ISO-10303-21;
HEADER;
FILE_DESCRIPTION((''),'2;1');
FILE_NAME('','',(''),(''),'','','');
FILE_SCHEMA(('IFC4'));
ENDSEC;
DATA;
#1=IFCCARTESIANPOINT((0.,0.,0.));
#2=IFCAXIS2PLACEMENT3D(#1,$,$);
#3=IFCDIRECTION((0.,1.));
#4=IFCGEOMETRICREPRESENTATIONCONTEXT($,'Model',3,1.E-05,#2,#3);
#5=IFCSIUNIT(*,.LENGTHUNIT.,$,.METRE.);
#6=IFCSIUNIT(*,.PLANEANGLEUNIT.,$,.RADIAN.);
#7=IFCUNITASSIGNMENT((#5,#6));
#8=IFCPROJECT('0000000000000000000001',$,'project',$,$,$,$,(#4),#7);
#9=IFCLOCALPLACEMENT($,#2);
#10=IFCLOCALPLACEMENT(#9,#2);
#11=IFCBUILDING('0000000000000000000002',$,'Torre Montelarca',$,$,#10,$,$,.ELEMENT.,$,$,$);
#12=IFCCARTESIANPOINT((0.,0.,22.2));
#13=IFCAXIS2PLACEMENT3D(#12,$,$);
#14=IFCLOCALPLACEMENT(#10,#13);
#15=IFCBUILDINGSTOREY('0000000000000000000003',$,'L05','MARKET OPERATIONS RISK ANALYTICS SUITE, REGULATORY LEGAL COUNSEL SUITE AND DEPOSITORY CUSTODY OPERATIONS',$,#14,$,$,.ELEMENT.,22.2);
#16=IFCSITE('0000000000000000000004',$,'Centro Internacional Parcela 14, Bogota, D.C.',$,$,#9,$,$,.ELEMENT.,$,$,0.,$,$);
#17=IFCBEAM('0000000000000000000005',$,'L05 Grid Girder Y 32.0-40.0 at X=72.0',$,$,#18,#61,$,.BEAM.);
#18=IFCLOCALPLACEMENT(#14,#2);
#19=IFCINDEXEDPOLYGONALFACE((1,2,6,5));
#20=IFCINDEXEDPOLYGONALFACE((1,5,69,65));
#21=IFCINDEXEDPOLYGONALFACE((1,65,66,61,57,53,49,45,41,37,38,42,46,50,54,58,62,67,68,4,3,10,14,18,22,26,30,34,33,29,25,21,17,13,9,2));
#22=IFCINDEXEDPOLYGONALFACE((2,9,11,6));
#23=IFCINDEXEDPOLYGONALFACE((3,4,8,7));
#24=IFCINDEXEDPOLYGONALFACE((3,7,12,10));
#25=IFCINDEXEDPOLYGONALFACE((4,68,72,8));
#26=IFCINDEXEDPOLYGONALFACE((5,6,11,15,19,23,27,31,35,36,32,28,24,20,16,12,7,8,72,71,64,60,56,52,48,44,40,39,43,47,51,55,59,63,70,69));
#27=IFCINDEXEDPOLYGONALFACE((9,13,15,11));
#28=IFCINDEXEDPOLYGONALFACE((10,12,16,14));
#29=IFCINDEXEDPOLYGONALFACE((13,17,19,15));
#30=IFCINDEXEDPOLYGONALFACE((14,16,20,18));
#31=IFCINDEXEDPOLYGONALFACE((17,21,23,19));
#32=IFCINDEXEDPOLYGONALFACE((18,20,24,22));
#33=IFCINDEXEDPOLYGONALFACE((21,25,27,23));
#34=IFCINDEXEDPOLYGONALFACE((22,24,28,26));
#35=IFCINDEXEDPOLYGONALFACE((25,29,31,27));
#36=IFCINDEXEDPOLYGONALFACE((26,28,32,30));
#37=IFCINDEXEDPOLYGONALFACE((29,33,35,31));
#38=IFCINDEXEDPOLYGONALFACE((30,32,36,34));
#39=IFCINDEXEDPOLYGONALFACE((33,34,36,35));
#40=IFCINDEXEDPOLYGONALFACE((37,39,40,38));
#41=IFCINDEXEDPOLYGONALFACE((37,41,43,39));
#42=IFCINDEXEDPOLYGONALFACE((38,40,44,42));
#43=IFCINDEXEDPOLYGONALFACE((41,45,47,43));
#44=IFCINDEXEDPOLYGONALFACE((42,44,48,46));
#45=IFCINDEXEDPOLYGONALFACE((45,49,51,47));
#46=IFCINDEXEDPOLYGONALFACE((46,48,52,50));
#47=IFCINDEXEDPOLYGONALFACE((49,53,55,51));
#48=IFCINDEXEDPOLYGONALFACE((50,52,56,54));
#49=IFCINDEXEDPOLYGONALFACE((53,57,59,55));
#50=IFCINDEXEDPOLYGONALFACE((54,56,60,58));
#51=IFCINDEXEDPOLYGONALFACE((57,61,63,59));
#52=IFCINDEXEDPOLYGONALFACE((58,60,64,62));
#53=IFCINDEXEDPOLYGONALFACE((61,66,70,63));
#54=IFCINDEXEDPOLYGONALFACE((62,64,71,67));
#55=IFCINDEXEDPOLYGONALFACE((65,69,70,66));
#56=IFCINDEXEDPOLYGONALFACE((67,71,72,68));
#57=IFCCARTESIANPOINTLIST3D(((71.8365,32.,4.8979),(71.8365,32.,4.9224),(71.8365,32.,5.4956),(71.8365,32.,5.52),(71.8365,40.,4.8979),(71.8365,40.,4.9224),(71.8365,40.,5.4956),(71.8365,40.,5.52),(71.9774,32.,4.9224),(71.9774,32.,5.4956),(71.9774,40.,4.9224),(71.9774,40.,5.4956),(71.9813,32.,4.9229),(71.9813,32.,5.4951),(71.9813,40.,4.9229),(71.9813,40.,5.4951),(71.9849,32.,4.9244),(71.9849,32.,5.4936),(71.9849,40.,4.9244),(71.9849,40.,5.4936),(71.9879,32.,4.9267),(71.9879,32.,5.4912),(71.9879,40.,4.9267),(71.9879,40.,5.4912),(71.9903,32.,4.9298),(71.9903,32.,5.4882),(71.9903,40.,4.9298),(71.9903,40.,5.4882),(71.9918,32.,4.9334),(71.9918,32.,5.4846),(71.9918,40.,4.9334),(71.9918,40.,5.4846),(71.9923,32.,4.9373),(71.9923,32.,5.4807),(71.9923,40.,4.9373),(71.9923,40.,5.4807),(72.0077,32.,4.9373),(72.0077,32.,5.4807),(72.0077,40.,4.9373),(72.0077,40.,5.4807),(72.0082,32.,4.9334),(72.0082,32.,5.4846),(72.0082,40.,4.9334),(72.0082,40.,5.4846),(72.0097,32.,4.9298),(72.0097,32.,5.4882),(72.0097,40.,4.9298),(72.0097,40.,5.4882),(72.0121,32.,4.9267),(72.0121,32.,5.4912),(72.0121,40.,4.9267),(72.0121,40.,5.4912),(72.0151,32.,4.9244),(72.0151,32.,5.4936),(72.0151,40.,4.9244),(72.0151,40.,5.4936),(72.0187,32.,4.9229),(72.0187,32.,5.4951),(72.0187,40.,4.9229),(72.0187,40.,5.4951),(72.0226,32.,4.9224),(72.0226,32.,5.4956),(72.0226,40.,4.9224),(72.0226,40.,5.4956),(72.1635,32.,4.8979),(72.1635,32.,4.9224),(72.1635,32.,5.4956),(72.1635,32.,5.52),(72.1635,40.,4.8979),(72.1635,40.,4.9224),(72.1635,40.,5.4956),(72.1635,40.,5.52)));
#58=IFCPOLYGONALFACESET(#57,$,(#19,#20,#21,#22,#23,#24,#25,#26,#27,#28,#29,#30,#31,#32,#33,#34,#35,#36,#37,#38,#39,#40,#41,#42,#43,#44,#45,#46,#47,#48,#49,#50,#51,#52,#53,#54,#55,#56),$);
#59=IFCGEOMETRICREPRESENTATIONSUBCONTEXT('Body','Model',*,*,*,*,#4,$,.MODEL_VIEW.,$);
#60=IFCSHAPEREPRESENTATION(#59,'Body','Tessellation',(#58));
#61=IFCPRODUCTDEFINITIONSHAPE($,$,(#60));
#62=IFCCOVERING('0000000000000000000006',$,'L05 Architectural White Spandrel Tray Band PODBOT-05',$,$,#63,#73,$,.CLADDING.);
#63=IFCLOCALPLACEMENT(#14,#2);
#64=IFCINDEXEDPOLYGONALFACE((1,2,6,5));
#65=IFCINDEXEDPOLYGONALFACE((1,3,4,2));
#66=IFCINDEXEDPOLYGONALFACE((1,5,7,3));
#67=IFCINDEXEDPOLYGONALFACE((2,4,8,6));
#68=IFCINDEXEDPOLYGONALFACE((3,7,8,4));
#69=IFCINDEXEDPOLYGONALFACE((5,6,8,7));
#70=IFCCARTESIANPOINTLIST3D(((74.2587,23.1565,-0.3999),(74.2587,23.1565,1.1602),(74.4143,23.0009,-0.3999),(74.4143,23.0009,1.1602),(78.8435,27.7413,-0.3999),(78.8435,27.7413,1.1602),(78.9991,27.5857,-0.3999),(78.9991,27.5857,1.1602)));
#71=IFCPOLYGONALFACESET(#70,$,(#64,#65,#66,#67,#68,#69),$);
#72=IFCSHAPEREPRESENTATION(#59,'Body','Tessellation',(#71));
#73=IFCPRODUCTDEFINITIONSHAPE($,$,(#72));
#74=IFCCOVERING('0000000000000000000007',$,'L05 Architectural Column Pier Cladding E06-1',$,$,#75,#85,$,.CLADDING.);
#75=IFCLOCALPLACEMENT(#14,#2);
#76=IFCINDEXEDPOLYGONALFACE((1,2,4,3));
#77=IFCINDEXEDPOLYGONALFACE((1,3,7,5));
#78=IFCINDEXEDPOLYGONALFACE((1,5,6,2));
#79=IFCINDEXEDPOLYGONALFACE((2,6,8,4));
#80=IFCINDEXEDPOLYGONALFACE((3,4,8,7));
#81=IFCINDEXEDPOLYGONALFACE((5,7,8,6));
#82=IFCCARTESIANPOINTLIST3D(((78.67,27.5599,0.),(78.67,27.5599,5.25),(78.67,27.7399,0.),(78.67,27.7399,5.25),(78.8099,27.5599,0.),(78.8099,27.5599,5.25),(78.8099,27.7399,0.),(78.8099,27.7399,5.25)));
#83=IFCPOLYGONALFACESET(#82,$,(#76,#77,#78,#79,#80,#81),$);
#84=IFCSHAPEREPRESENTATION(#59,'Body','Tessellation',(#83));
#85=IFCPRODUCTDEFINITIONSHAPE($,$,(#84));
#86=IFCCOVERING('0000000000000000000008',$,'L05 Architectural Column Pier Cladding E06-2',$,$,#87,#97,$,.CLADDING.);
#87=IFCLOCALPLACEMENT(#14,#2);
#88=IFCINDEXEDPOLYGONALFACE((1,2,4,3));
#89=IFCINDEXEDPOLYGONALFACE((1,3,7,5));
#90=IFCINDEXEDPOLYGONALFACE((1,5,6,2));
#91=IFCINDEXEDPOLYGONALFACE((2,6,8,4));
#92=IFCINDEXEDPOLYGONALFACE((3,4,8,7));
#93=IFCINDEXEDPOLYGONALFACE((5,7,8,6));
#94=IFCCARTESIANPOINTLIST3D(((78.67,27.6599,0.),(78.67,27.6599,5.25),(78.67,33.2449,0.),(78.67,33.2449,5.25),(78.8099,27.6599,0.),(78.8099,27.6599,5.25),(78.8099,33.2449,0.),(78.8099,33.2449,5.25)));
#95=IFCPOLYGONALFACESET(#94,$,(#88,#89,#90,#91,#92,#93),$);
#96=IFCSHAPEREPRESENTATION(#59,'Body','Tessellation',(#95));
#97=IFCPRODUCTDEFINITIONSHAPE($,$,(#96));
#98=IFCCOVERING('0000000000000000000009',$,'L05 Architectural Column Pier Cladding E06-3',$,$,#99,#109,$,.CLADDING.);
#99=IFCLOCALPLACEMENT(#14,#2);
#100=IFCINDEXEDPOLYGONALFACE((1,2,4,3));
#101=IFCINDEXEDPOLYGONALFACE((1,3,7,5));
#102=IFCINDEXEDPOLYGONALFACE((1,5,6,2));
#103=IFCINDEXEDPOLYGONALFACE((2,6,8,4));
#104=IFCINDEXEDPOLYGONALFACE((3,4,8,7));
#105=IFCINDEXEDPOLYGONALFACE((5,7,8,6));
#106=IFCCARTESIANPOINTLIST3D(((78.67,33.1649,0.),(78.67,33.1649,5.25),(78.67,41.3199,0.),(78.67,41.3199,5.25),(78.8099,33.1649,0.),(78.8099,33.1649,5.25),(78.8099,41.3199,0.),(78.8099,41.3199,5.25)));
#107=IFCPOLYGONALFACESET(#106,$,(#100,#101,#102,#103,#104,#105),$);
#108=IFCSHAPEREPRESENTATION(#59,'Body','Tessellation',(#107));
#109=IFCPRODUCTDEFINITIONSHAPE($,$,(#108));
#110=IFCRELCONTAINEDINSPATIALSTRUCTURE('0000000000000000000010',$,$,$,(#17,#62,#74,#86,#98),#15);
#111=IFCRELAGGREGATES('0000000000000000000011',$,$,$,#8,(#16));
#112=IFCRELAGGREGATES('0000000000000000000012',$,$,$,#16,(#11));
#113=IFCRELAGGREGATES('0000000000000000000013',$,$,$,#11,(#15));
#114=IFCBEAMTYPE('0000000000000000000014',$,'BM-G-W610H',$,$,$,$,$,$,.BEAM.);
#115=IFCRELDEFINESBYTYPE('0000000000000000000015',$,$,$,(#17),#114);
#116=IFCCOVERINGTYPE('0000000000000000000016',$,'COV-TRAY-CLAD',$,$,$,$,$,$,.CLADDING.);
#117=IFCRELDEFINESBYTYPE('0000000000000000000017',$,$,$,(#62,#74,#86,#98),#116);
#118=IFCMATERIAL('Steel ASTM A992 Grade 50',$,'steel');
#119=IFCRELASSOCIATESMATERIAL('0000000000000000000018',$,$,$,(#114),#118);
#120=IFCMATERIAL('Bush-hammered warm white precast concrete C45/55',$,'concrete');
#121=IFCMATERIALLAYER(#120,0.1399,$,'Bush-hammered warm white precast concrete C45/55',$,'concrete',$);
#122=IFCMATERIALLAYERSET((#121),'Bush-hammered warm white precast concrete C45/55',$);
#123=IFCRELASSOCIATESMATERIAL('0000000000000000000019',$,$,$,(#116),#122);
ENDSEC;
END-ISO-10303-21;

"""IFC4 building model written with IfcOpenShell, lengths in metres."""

from ifc_helpers import new_model, si_unit, direction, frame, origin, origin_2d, place, context, subcontext, project, spatial, rectangle, i_section, extrude, source, transform, mapped, material, layer, layer_set, material_profile, profile_set, type_object, element, save


model = new_model("IFC4")

# Units and contexts
model_context = context("Model", 3, precision=1e-05, world=origin(), true_north=direction((0.0, 1.0)))
body_context = subcontext(model_context, "Body", "Model", "MODEL_VIEW")
ifc_project = project(units=[si_unit("LENGTHUNIT", "METRE"), si_unit("PLANEANGLEUNIT", "RADIAN")], contexts=[model_context])

# Site, building, storey
site_placement = place(None, origin())
site = spatial("IfcSite", under=ifc_project, at=site_placement, Name="Centro Internacional Parcela 14, Bogota, D.C.", CompositionType="ELEMENT", RefElevation=0.0)
building_placement = place(site_placement, origin())
building = spatial("IfcBuilding", under=site, at=building_placement, Name="Torre Montelarca", CompositionType="ELEMENT")
storey_placement = place(building_placement, frame((0.0, 0.0, 22.2)))
storey = spatial("IfcBuildingStorey", under=building, at=storey_placement, Name="L05", Description="MARKET OPERATIONS RISK ANALYTICS SUITE, REGULATORY LEGAL COUNSEL SUITE AND DEPOSITORY CUSTODY OPERATIONS", CompositionType="ELEMENT", Elevation=22.2)

# Shared definitions
ifc_material_1 = material(Name="Steel ASTM A992 Grade 50", Category="steel")

# Beam
ifc_material_profile_1 = material_profile(ifc_material_1, i_section(OverallWidth=0.3269, OverallDepth=0.6221, WebThickness=0.0154, FlangeThickness=0.0244, FilletRadius=0.0149, at=origin_2d()), Name="W610X195", Category="steel")
ifc_profile_set_1 = profile_set([ifc_material_profile_1], Name="Steel ASTM A992 Grade 50")
beam_type_1 = type_object("IfcBeamType", Name="BM-G-W610H", PredefinedType="BEAM", material=ifc_profile_set_1)
shared_shape_1 = source(origin(), body_context, "Body", "SweptSolid", [
    extrude(i_section(OverallWidth=0.3269, OverallDepth=0.6221, WebThickness=0.0154, FlangeThickness=0.0244, FilletRadius=0.0149, at=origin_2d()), origin(), (0.0, 0.0, 1.0), 8.0),
])
for number, where, z_axis, x_axis, name in (
    (1, (72.0, 32.0, 5.209), (0.0, 1.0, 0.0), (-1.0, 0.0, 0.0), "L05 Grid Girder Y 32.0-40.0 at X=72.0"),
):
    element("IfcBeam", number, at=place(storey_placement, frame(where, z_axis=z_axis, x_axis=x_axis)), inside=storey, type_object=beam_type_1, Name=name, PredefinedType="BEAM", context=body_context, shape_type="MappedRepresentation", body=[
        mapped(shared_shape_1, transform((0.0, 0.0, 0.0), scale=1.0)),
    ])

# Coverings
ifc_material_2 = material(Name="Bush-hammered warm white precast concrete C45/55", Category="concrete")
ifc_layer = layer(ifc_material_2, 0.1399, Name="Bush-hammered warm white precast concrete C45/55", Category="concrete")
ifc_layer_set = layer_set([ifc_layer], Name="Bush-hammered warm white precast concrete C45/55")
covering_type = type_object("IfcCoveringType", Name="COV-TRAY-CLAD", PredefinedType="CLADDING", material=ifc_layer_set)
shared_shape_2 = source(origin(), body_context, "Body", "SweptSolid", [
    extrude(rectangle(XDim=6.4839, YDim=0.22, at=origin_2d()), origin(), (0.0, 0.0, 1.0), 1.5601),
])
covering_1_placement = place(storey_placement, frame((76.6289, 25.3711, -0.3999), z_axis=(0.0, 0.0, 1.0), x_axis=(0.707107, 0.707107, 0.0)))
element("IfcCovering", 2, at=covering_1_placement, inside=storey, type_object=covering_type, Name="L05 Architectural White Spandrel Tray Band PODBOT-05", PredefinedType="CLADDING", context=body_context, shape_type="MappedRepresentation", body=[
    mapped(shared_shape_2, transform((0.0, 0.0, 0.0), scale=1.0)),
])
shared_shape_3 = source(origin(), body_context, "Body", "SweptSolid", [
    extrude(rectangle(XDim=0.1799, YDim=0.1399, at=origin_2d()), origin(), (0.0, 0.0, 1.0), 5.25),
])
covering_2_placement = place(storey_placement, frame((78.74, 27.6499, 0.0), z_axis=(0.0, 0.0, 1.0), x_axis=(0.0, 1.0, 0.0)))
element("IfcCovering", 3, at=covering_2_placement, inside=storey, type_object=covering_type, Name="L05 Architectural Column Pier Cladding E06-1", PredefinedType="CLADDING", context=body_context, shape_type="MappedRepresentation", body=[
    mapped(shared_shape_3, transform((0.0, 0.0, 0.0), scale=1.0)),
])
shared_shape_4 = source(origin(), body_context, "Body", "SweptSolid", [
    extrude(rectangle(XDim=5.585, YDim=0.1399, at=origin_2d()), origin(), (0.0, 0.0, 1.0), 5.25),
])
covering_3_placement = place(storey_placement, frame((78.74, 30.4524, 0.0), z_axis=(0.0, 0.0, 1.0), x_axis=(0.0, 1.0, 0.0)))
element("IfcCovering", 4, at=covering_3_placement, inside=storey, type_object=covering_type, Name="L05 Architectural Column Pier Cladding E06-2", PredefinedType="CLADDING", context=body_context, shape_type="MappedRepresentation", body=[
    mapped(shared_shape_4, transform((0.0, 0.0, 0.0), scale=1.0)),
])
shared_shape_5 = source(origin(), body_context, "Body", "SweptSolid", [
    extrude(rectangle(XDim=8.155, YDim=0.1399, at=origin_2d()), origin(), (0.0, 0.0, 1.0), 5.25),
])
covering_4_placement = place(storey_placement, frame((78.74, 37.2424, 0.0), z_axis=(0.0, 0.0, 1.0), x_axis=(0.0, 1.0, 0.0)))
element("IfcCovering", 5, at=covering_4_placement, inside=storey, type_object=covering_type, Name="L05 Architectural Column Pier Cladding E06-3", PredefinedType="CLADDING", context=body_context, shape_type="MappedRepresentation", body=[
    mapped(shared_shape_5, transform((0.0, 0.0, 0.0), scale=1.0)),
])

save(model, "model.ifc")
